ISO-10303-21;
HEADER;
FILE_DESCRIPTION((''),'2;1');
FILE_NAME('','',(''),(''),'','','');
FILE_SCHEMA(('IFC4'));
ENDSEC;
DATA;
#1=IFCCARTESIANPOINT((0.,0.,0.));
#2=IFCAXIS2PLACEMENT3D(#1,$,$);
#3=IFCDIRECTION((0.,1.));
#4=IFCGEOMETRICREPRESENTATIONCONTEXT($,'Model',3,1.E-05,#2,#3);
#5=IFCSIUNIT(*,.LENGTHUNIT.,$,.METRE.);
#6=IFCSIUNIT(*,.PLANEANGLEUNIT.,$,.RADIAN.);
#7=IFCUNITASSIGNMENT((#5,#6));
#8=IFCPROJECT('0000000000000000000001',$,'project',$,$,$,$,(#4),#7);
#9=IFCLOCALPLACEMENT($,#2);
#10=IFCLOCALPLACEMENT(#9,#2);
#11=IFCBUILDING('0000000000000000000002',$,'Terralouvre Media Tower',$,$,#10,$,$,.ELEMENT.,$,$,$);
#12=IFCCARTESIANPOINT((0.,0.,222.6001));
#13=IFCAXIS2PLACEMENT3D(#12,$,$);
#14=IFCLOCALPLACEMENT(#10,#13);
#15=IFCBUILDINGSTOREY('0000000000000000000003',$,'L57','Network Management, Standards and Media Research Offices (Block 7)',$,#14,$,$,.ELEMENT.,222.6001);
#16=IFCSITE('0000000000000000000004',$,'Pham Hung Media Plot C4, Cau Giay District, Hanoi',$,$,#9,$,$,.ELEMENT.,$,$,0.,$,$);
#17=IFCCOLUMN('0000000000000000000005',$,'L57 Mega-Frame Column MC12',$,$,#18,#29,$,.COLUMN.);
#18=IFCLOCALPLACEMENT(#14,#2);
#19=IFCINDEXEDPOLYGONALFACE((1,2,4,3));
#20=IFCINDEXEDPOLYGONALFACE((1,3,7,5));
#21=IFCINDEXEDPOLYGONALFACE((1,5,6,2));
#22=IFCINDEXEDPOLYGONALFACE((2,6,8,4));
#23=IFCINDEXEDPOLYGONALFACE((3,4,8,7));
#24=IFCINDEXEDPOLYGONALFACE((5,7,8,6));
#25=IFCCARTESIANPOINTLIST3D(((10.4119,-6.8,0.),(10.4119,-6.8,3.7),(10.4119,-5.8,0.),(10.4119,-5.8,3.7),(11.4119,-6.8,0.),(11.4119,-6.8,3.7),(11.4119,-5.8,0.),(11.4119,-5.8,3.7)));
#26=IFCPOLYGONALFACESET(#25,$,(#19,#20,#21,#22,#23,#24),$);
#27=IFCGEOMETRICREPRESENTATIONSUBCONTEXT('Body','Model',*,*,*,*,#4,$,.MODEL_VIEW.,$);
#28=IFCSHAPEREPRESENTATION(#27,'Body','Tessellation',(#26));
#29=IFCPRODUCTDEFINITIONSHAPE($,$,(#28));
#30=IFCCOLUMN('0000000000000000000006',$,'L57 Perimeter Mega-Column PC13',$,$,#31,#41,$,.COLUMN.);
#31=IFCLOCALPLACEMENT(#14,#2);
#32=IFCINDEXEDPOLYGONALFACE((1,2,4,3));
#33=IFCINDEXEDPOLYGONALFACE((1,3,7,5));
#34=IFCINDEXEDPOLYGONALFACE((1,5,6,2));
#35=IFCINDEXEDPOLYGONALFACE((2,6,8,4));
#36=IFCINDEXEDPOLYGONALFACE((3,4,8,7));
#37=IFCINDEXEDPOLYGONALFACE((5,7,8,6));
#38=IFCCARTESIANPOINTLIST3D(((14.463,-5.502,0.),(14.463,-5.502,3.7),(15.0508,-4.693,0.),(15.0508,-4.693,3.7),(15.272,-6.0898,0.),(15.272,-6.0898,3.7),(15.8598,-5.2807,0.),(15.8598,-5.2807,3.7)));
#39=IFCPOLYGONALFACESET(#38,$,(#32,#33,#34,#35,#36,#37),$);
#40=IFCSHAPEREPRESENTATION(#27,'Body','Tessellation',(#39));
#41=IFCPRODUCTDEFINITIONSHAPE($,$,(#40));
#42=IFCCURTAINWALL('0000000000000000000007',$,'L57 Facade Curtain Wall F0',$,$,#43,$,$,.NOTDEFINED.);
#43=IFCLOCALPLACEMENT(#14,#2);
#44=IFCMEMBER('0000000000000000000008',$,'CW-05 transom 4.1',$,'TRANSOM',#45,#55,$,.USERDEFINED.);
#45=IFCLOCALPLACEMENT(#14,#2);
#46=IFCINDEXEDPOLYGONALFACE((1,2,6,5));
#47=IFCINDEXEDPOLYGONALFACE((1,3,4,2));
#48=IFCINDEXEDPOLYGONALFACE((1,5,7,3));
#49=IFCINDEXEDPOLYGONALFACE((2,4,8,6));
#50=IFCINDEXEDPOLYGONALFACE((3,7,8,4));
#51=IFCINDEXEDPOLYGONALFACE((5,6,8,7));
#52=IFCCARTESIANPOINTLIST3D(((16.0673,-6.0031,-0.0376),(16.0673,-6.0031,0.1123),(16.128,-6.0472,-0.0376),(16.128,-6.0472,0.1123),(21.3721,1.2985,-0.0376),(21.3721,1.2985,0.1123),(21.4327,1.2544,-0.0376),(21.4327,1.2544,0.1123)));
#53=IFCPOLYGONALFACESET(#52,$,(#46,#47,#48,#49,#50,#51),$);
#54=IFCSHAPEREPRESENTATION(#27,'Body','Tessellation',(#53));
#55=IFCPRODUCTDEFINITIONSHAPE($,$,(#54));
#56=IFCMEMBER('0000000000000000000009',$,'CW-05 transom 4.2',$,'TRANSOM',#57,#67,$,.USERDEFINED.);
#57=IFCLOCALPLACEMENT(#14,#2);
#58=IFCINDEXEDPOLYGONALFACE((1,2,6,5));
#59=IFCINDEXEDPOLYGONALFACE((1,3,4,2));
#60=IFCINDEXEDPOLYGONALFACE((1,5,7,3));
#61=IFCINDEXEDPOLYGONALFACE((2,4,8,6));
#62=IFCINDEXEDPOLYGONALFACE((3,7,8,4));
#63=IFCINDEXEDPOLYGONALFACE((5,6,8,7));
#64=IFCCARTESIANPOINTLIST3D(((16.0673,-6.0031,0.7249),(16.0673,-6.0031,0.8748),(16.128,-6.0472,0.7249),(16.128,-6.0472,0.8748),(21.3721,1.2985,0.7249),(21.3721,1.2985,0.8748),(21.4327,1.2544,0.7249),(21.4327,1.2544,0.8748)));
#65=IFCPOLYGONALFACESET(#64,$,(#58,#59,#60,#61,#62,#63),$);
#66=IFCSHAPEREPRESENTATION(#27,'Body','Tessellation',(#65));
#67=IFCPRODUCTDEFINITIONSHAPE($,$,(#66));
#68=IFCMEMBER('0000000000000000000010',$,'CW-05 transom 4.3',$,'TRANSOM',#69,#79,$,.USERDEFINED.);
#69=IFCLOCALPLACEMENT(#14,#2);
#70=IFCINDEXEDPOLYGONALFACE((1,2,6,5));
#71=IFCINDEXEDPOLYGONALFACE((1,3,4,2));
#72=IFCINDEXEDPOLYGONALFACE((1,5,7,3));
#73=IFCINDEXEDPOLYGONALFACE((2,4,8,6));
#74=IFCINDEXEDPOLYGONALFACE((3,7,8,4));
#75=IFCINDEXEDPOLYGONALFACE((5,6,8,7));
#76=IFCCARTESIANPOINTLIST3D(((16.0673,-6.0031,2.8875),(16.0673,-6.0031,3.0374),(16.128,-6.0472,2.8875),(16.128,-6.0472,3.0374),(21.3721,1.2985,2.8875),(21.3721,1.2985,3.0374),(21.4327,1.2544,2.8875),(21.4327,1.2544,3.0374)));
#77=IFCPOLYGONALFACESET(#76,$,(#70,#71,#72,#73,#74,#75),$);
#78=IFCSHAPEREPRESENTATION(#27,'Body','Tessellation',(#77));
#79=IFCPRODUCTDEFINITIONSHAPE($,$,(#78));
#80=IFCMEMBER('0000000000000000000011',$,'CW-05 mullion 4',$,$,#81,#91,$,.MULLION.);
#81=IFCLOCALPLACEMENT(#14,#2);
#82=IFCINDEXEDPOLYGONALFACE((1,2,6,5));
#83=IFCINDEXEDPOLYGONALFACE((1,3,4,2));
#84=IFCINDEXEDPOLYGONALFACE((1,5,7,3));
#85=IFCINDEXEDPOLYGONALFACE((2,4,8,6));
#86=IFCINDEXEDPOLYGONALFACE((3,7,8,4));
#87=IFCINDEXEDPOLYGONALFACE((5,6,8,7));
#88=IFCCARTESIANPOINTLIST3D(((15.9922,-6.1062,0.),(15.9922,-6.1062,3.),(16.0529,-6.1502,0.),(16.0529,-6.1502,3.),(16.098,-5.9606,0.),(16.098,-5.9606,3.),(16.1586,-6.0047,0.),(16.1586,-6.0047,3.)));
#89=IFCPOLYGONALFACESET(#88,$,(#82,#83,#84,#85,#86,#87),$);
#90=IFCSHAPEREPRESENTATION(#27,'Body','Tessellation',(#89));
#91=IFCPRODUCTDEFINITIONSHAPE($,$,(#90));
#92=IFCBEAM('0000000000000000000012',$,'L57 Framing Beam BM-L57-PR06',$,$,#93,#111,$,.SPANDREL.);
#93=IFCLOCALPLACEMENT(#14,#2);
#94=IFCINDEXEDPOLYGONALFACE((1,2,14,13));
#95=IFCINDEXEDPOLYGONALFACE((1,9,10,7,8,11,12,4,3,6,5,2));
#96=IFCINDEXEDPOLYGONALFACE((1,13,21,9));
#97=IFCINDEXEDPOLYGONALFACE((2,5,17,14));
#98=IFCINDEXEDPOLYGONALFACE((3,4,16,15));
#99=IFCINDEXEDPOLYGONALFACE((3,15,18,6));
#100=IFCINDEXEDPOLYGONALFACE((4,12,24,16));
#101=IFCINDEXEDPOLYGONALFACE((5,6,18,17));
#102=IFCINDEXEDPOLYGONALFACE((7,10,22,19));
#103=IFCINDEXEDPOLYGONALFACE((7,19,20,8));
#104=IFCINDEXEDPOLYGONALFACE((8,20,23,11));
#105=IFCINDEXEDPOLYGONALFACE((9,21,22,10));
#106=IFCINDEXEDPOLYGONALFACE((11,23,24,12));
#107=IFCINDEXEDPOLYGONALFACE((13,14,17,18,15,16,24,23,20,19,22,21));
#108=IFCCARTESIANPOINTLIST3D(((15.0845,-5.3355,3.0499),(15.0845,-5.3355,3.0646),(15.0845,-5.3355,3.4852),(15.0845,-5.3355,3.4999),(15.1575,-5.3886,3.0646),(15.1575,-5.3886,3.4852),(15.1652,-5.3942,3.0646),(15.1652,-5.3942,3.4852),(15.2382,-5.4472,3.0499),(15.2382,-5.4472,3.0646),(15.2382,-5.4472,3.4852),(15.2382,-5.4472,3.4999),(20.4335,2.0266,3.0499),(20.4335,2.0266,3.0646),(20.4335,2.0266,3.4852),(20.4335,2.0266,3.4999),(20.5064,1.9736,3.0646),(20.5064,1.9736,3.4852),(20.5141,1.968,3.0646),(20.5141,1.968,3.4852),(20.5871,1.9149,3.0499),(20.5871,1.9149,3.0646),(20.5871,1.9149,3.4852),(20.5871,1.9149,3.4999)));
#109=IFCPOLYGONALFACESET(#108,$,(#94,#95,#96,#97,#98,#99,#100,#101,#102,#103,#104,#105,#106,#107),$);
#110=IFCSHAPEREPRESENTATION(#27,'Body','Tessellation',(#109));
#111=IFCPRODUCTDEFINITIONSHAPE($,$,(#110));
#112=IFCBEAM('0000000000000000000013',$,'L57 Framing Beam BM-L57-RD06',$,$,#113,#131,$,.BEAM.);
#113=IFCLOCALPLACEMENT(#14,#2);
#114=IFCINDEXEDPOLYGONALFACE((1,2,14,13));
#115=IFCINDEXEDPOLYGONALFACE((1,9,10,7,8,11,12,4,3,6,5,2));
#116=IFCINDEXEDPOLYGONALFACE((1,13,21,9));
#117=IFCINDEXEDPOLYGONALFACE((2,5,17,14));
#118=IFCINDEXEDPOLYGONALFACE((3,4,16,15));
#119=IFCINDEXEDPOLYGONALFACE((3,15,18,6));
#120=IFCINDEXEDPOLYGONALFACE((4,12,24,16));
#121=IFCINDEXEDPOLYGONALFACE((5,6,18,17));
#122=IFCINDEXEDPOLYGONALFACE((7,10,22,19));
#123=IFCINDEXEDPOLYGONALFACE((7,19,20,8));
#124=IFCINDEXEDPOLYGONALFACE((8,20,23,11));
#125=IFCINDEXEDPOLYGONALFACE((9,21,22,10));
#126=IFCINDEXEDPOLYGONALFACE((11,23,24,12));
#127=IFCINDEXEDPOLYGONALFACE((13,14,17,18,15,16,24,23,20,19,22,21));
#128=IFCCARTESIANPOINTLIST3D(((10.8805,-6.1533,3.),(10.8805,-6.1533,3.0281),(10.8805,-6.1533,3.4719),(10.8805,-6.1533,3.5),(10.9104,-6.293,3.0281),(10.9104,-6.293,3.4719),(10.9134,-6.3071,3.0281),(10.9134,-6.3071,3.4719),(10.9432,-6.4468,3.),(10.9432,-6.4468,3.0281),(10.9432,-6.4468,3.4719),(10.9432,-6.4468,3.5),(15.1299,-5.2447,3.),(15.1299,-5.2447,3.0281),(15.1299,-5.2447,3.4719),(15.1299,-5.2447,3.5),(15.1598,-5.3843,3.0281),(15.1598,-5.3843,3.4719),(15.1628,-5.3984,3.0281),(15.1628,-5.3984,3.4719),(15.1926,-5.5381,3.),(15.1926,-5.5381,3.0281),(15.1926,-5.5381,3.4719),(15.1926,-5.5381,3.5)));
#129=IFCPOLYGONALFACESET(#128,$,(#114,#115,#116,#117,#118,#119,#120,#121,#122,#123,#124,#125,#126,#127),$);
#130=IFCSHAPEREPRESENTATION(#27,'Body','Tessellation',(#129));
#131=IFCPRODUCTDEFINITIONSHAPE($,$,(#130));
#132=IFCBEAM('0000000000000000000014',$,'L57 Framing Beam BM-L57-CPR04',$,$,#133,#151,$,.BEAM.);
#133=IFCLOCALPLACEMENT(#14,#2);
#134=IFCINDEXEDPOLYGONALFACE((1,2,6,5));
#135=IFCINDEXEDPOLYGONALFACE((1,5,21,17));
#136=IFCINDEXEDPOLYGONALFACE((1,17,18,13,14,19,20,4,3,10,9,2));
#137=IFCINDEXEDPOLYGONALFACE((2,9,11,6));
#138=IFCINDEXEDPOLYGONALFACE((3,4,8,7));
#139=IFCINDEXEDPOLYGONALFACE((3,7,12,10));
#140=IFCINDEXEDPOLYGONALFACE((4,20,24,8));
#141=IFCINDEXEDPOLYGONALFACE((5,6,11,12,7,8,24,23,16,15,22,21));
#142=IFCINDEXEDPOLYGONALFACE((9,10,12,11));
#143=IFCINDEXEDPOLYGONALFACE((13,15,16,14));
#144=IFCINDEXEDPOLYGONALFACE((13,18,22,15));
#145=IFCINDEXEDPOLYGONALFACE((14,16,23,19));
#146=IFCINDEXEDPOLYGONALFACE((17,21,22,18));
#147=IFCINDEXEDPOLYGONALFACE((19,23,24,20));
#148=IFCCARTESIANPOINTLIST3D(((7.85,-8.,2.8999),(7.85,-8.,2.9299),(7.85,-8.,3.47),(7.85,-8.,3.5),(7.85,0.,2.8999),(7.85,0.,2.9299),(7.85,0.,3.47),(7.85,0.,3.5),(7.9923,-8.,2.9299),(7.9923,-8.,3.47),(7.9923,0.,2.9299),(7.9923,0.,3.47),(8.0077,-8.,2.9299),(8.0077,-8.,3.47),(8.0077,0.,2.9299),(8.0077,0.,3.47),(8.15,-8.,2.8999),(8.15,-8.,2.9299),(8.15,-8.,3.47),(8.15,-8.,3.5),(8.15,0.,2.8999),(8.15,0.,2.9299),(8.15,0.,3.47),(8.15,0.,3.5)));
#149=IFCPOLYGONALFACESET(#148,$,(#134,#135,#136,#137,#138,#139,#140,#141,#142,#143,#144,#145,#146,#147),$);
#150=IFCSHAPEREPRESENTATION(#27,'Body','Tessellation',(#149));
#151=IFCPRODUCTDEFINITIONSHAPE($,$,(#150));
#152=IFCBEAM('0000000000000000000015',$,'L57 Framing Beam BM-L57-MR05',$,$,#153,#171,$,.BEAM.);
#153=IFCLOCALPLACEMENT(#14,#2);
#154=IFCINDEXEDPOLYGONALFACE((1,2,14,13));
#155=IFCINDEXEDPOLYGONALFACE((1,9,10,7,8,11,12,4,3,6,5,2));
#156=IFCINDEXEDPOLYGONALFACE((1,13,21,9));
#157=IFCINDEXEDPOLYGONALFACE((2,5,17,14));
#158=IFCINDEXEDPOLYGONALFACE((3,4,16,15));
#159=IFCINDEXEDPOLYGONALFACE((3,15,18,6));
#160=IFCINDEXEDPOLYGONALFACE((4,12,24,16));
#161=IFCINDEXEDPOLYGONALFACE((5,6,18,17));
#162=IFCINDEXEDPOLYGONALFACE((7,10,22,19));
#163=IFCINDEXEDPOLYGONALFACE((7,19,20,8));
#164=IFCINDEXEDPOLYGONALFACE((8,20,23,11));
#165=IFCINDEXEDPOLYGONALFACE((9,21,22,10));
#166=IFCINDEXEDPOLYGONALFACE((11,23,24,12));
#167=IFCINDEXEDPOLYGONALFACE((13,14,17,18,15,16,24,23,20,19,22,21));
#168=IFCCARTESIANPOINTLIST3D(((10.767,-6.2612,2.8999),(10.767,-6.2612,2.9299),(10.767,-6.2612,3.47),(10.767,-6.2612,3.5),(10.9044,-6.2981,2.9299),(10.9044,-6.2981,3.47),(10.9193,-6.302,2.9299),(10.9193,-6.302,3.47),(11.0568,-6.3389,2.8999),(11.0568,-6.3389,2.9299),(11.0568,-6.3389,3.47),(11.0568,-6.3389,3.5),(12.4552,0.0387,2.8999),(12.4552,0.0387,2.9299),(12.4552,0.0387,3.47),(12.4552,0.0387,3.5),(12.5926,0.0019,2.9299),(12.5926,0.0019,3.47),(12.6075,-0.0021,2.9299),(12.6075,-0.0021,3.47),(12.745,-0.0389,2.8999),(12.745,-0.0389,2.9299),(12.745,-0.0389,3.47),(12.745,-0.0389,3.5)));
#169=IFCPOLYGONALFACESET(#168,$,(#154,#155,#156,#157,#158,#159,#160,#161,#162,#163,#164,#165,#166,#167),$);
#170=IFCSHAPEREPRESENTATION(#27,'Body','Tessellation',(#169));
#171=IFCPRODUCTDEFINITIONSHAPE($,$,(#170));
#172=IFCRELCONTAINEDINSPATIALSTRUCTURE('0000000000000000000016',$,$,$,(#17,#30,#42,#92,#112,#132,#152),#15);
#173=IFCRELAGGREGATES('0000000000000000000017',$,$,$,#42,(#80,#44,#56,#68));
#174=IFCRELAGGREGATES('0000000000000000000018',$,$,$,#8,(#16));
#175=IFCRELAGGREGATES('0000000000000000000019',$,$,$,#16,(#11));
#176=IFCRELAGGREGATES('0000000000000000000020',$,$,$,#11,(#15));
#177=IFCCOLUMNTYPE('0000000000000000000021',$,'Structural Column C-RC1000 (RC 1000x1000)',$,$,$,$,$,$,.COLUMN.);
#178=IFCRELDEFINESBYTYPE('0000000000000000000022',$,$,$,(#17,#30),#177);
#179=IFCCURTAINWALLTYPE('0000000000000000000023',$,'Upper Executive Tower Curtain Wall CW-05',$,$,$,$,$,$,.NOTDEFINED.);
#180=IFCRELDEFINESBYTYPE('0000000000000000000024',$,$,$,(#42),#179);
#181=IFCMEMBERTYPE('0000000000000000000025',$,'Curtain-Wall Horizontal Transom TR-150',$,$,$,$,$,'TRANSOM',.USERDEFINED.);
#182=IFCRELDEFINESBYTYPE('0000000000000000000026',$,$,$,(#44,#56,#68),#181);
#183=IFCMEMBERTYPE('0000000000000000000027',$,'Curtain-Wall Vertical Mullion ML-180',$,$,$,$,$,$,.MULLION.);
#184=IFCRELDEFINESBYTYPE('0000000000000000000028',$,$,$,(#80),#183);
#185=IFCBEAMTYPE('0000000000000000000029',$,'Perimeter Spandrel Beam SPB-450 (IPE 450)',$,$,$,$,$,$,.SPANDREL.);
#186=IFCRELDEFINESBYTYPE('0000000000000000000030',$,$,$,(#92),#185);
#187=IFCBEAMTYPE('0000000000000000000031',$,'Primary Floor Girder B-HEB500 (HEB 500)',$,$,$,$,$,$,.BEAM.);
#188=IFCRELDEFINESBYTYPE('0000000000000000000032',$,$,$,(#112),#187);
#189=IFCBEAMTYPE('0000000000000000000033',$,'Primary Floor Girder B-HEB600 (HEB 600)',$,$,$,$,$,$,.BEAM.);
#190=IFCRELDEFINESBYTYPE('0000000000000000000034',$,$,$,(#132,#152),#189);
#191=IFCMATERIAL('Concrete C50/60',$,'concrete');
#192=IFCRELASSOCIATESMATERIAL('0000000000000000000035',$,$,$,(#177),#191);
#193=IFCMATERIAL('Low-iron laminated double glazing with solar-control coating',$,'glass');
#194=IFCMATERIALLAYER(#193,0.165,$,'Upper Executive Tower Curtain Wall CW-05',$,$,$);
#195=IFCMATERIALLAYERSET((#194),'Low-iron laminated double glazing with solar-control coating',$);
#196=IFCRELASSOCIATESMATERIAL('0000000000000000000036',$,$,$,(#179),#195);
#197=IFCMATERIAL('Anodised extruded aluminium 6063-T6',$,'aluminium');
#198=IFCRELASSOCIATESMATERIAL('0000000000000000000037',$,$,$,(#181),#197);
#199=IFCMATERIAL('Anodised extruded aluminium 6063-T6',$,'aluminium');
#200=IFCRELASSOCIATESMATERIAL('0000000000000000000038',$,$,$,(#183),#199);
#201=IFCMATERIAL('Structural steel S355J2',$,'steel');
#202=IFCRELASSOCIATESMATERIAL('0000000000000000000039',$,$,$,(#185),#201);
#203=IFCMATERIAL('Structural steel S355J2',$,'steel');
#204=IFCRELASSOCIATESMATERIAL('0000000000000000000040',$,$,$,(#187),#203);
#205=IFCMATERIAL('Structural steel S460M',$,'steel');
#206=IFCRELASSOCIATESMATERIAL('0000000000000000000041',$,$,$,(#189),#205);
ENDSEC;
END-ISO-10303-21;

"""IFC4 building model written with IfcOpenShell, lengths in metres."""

from ifc_helpers import new_model, si_unit, direction, frame, origin, origin_2d, place, context, subcontext, project, spatial, rectangle, i_section, extrude, material, layer, layer_set, material_profile, profile_set, type_object, element, aggregate, save


model = new_model("IFC4")

# Units and contexts
model_context = context("Model", 3, precision=1e-05, world=origin(), true_north=direction((0.0, 1.0)))
body_context = subcontext(model_context, "Body", "Model", "MODEL_VIEW")
ifc_project = project(units=[si_unit("LENGTHUNIT", "METRE"), si_unit("PLANEANGLEUNIT", "RADIAN")], contexts=[model_context])

# Site, building, storey
site_placement = place(None, origin())
site = spatial("IfcSite", under=ifc_project, at=site_placement, Name="Pham Hung Media Plot C4, Cau Giay District, Hanoi", CompositionType="ELEMENT", RefElevation=0.0)
building_placement = place(site_placement, origin())
building = spatial("IfcBuilding", under=site, at=building_placement, Name="Terralouvre Media Tower", CompositionType="ELEMENT")
storey_placement = place(building_placement, frame((0.0, 0.0, 222.6001)))
storey = spatial("IfcBuildingStorey", under=building, at=storey_placement, Name="L57", Description="Network Management, Standards and Media Research Offices (Block 7)", CompositionType="ELEMENT", Elevation=222.6001)

# Columns
ifc_material_1 = material(Name="Concrete C50/60", Category="concrete")
ifc_material_profile_1 = material_profile(ifc_material_1, rectangle(XDim=1.0, YDim=1.0, at=origin_2d()), Name="RC 1000x1000")
ifc_profile_set_1 = profile_set([ifc_material_profile_1], Name="Concrete C50/60")
column_type = type_object("IfcColumnType", Name="Structural Column C-RC1000 (RC 1000x1000)", PredefinedType="COLUMN", material=ifc_profile_set_1)
for number, where, z_axis, x_axis, name in (
    (1, (10.9119, -6.3, 0.0), (0.0, 0.0, 1.0), (1.0, 0.0, 0.0), "L57 Mega-Frame Column MC12"),
    (2, (15.1614, -5.3914, 0.0), (0.0, 0.0, 1.0), (0.587785, 0.809017, 0.0), "L57 Perimeter Mega-Column PC13"),
):
    element("IfcColumn", number, at=place(storey_placement, frame(where, z_axis=z_axis, x_axis=x_axis)), inside=storey, type_object=column_type, Name=name, PredefinedType="COLUMN", context=body_context, shape_type="SweptSolid", body=[
        extrude(rectangle(XDim=1.0, YDim=1.0, at=origin_2d()), origin(), (0.0, 0.0, 1.0), 3.7),
    ])

# Curtain wall, members
ifc_material_2 = material(Name="Low-iron laminated double glazing with solar-control coating", Category="glass")
ifc_layer_1 = layer(ifc_material_2, 0.165, Name="Upper Executive Tower Curtain Wall CW-05")
ifc_layer_set_1 = layer_set([ifc_layer_1], Name="Low-iron laminated double glazing with solar-control coating")
curtain_wall_type = type_object("IfcCurtainWallType", Name="Upper Executive Tower Curtain Wall CW-05", PredefinedType="NOTDEFINED", material=ifc_layer_set_1)
curtain_wall_placement = place(storey_placement, origin())
curtain_wall = element("IfcCurtainWall", 3, at=curtain_wall_placement, inside=storey, type_object=curtain_wall_type, Name="L57 Facade Curtain Wall F0", PredefinedType="NOTDEFINED")
ifc_material_3 = material(Name="Anodised extruded aluminium 6063-T6", Category="aluminium")
ifc_material_profile_2 = material_profile(ifc_material_3, rectangle(XDim=0.075, YDim=0.1499, at=origin_2d()), Name="ALU 75x150")
ifc_profile_set_2 = profile_set([ifc_material_profile_2], Name="Anodised extruded aluminium 6063-T6")
member_type_1 = type_object("IfcMemberType", Name="Curtain-Wall Horizontal Transom TR-150", ElementType="TRANSOM", PredefinedType="USERDEFINED", material=ifc_profile_set_2)
member_1_placement = place(storey_placement, frame((16.0977, -6.0251, 0.0374), z_axis=(0.587773, 0.809026, 0.0), x_axis=(-0.809026, 0.587773, 0.0)))
member_1 = element("IfcMember", 4, at=member_1_placement, type_object=member_type_1, Name="CW-05 transom 4.1", ObjectType="TRANSOM", PredefinedType="USERDEFINED", context=body_context, shape_type="SweptSolid", body=[
    extrude(rectangle(XDim=0.075, YDim=0.1499, at=origin_2d()), origin(), (0.0, 0.0, 1.0), 9.0251),
])
member_2_placement = place(storey_placement, frame((16.0977, -6.0251, 0.7998), z_axis=(0.587773, 0.809026, 0.0), x_axis=(-0.809026, 0.587773, 0.0)))
member_2 = element("IfcMember", 5, at=member_2_placement, type_object=member_type_1, Name="CW-05 transom 4.2", ObjectType="TRANSOM", PredefinedType="USERDEFINED", context=body_context, shape_type="SweptSolid", body=[
    extrude(rectangle(XDim=0.075, YDim=0.1499, at=origin_2d()), origin(), (0.0, 0.0, 1.0), 9.0251),
])
member_3_placement = place(storey_placement, frame((16.0977, -6.0251, 2.9624), z_axis=(0.587773, 0.809026, 0.0), x_axis=(-0.809026, 0.587773, 0.0)))
member_3 = element("IfcMember", 6, at=member_3_placement, type_object=member_type_1, Name="CW-05 transom 4.3", ObjectType="TRANSOM", PredefinedType="USERDEFINED", context=body_context, shape_type="SweptSolid", body=[
    extrude(rectangle(XDim=0.075, YDim=0.1499, at=origin_2d()), origin(), (0.0, 0.0, 1.0), 9.0251),
])
ifc_material_4 = material(Name="Anodised extruded aluminium 6063-T6", Category="aluminium")
ifc_material_profile_3 = material_profile(ifc_material_4, rectangle(XDim=0.075, YDim=0.1799, at=origin_2d()), Name="ALU 75x180")
ifc_profile_set_3 = profile_set([ifc_material_profile_3], Name="Anodised extruded aluminium 6063-T6")
member_type_2 = type_object("IfcMemberType", Name="Curtain-Wall Vertical Mullion ML-180", PredefinedType="MULLION", material=ifc_profile_set_3)
member_4_placement = place(storey_placement, frame((16.0754, -6.0554, 0.0), z_axis=(0.0, 0.0, 1.0), x_axis=(-0.809017, 0.587785, 0.0)))
member_4 = element("IfcMember", 7, at=member_4_placement, type_object=member_type_2, Name="CW-05 mullion 4", PredefinedType="MULLION", context=body_context, shape_type="SweptSolid", body=[
    extrude(rectangle(XDim=0.075, YDim=0.1799, at=origin_2d()), origin(), (0.0, 0.0, 1.0), 3.0),
])

# Beams
ifc_material_5 = material(Name="Structural steel S355J2", Category="steel")
ifc_material_profile_4 = material_profile(ifc_material_5, i_section(OverallWidth=0.1899, OverallDepth=0.45, WebThickness=0.0095, FlangeThickness=0.0146, at=origin_2d()), Name="IPE 450")
ifc_profile_set_4 = profile_set([ifc_material_profile_4], Name="Structural steel S355J2")
beam_type_1 = type_object("IfcBeamType", Name="Perimeter Spandrel Beam SPB-450 (IPE 450)", PredefinedType="SPANDREL", material=ifc_profile_set_4)
beam_1_placement = place(storey_placement, frame((15.1614, -5.3914, 3.2749), z_axis=(0.587787, 0.809016, 0.0), x_axis=(-0.809016, 0.587787, 0.0)))
element("IfcBeam", 8, at=beam_1_placement, inside=storey, type_object=beam_type_1, Name="L57 Framing Beam BM-L57-PR06", PredefinedType="SPANDREL", context=body_context, shape_type="SweptSolid", body=[
    extrude(i_section(OverallWidth=0.1899, OverallDepth=0.45, WebThickness=0.0095, FlangeThickness=0.0146, at=origin_2d()), origin(), (0.0, 0.0, 1.0), 9.1001),
])
ifc_material_6 = material(Name="Structural steel S355J2", Category="steel")
ifc_material_profile_5 = material_profile(ifc_material_6, i_section(OverallWidth=0.3, OverallDepth=0.5, WebThickness=0.0144, FlangeThickness=0.0281, at=origin_2d()), Name="HEB 500")
ifc_profile_set_5 = profile_set([ifc_material_profile_5], Name="Structural steel S355J2")
beam_type_2 = type_object("IfcBeamType", Name="Primary Floor Girder B-HEB500 (HEB 500)", PredefinedType="BEAM", material=ifc_profile_set_5)
beam_2_placement = place(storey_placement, frame((10.9119, -6.3, 3.25), z_axis=(0.977893, 0.209107, 0.0), x_axis=(-0.209107, 0.977893, 0.0)))
element("IfcBeam", 9, at=beam_2_placement, inside=storey, type_object=beam_type_2, Name="L57 Framing Beam BM-L57-RD06", PredefinedType="BEAM", context=body_context, shape_type="SweptSolid", body=[
    extrude(i_section(OverallWidth=0.3, OverallDepth=0.5, WebThickness=0.0144, FlangeThickness=0.0281, at=origin_2d()), origin(), (0.0, 0.0, 1.0), 4.3455),
])
ifc_material_7 = material(Name="Structural steel S460M", Category="steel")
ifc_material_profile_6 = material_profile(ifc_material_7, i_section(OverallWidth=0.3, OverallDepth=0.6001, WebThickness=0.0154, FlangeThickness=0.03, at=origin_2d()), Name="HEB 600")
ifc_profile_set_6 = profile_set([ifc_material_profile_6], Name="Structural steel S460M")
beam_type_3 = type_object("IfcBeamType", Name="Primary Floor Girder B-HEB600 (HEB 600)", PredefinedType="BEAM", material=ifc_profile_set_6)
beam_3_placement = place(storey_placement, frame((8.0, -8.0, 3.2), z_axis=(0.0, 1.0, 0.0), x_axis=(-1.0, 0.0, 0.0)))
element("IfcBeam", 10, at=beam_3_placement, inside=storey, type_object=beam_type_3, Name="L57 Framing Beam BM-L57-CPR04", PredefinedType="BEAM", context=body_context, shape_type="SweptSolid", body=[
    extrude(i_section(OverallWidth=0.3, OverallDepth=0.6001, WebThickness=0.0154, FlangeThickness=0.03, at=origin_2d()), origin(), (0.0, 0.0, 1.0), 8.0),
])
beam_4_placement = place(storey_placement, frame((10.9119, -6.3, 3.2), z_axis=(0.258839, 0.96592, 0.0), x_axis=(-0.96592, 0.258839, 0.0)))
element("IfcBeam", 11, at=beam_4_placement, inside=storey, type_object=beam_type_3, Name="L57 Framing Beam BM-L57-MR05", PredefinedType="BEAM", context=body_context, shape_type="SweptSolid", body=[
    extrude(i_section(OverallWidth=0.3, OverallDepth=0.6001, WebThickness=0.0154, FlangeThickness=0.03, at=origin_2d()), origin(), (0.0, 0.0, 1.0), 6.5222),
])

aggregate(curtain_wall, [member_4, member_1, member_2, member_3])

save(model, "model.ifc")
